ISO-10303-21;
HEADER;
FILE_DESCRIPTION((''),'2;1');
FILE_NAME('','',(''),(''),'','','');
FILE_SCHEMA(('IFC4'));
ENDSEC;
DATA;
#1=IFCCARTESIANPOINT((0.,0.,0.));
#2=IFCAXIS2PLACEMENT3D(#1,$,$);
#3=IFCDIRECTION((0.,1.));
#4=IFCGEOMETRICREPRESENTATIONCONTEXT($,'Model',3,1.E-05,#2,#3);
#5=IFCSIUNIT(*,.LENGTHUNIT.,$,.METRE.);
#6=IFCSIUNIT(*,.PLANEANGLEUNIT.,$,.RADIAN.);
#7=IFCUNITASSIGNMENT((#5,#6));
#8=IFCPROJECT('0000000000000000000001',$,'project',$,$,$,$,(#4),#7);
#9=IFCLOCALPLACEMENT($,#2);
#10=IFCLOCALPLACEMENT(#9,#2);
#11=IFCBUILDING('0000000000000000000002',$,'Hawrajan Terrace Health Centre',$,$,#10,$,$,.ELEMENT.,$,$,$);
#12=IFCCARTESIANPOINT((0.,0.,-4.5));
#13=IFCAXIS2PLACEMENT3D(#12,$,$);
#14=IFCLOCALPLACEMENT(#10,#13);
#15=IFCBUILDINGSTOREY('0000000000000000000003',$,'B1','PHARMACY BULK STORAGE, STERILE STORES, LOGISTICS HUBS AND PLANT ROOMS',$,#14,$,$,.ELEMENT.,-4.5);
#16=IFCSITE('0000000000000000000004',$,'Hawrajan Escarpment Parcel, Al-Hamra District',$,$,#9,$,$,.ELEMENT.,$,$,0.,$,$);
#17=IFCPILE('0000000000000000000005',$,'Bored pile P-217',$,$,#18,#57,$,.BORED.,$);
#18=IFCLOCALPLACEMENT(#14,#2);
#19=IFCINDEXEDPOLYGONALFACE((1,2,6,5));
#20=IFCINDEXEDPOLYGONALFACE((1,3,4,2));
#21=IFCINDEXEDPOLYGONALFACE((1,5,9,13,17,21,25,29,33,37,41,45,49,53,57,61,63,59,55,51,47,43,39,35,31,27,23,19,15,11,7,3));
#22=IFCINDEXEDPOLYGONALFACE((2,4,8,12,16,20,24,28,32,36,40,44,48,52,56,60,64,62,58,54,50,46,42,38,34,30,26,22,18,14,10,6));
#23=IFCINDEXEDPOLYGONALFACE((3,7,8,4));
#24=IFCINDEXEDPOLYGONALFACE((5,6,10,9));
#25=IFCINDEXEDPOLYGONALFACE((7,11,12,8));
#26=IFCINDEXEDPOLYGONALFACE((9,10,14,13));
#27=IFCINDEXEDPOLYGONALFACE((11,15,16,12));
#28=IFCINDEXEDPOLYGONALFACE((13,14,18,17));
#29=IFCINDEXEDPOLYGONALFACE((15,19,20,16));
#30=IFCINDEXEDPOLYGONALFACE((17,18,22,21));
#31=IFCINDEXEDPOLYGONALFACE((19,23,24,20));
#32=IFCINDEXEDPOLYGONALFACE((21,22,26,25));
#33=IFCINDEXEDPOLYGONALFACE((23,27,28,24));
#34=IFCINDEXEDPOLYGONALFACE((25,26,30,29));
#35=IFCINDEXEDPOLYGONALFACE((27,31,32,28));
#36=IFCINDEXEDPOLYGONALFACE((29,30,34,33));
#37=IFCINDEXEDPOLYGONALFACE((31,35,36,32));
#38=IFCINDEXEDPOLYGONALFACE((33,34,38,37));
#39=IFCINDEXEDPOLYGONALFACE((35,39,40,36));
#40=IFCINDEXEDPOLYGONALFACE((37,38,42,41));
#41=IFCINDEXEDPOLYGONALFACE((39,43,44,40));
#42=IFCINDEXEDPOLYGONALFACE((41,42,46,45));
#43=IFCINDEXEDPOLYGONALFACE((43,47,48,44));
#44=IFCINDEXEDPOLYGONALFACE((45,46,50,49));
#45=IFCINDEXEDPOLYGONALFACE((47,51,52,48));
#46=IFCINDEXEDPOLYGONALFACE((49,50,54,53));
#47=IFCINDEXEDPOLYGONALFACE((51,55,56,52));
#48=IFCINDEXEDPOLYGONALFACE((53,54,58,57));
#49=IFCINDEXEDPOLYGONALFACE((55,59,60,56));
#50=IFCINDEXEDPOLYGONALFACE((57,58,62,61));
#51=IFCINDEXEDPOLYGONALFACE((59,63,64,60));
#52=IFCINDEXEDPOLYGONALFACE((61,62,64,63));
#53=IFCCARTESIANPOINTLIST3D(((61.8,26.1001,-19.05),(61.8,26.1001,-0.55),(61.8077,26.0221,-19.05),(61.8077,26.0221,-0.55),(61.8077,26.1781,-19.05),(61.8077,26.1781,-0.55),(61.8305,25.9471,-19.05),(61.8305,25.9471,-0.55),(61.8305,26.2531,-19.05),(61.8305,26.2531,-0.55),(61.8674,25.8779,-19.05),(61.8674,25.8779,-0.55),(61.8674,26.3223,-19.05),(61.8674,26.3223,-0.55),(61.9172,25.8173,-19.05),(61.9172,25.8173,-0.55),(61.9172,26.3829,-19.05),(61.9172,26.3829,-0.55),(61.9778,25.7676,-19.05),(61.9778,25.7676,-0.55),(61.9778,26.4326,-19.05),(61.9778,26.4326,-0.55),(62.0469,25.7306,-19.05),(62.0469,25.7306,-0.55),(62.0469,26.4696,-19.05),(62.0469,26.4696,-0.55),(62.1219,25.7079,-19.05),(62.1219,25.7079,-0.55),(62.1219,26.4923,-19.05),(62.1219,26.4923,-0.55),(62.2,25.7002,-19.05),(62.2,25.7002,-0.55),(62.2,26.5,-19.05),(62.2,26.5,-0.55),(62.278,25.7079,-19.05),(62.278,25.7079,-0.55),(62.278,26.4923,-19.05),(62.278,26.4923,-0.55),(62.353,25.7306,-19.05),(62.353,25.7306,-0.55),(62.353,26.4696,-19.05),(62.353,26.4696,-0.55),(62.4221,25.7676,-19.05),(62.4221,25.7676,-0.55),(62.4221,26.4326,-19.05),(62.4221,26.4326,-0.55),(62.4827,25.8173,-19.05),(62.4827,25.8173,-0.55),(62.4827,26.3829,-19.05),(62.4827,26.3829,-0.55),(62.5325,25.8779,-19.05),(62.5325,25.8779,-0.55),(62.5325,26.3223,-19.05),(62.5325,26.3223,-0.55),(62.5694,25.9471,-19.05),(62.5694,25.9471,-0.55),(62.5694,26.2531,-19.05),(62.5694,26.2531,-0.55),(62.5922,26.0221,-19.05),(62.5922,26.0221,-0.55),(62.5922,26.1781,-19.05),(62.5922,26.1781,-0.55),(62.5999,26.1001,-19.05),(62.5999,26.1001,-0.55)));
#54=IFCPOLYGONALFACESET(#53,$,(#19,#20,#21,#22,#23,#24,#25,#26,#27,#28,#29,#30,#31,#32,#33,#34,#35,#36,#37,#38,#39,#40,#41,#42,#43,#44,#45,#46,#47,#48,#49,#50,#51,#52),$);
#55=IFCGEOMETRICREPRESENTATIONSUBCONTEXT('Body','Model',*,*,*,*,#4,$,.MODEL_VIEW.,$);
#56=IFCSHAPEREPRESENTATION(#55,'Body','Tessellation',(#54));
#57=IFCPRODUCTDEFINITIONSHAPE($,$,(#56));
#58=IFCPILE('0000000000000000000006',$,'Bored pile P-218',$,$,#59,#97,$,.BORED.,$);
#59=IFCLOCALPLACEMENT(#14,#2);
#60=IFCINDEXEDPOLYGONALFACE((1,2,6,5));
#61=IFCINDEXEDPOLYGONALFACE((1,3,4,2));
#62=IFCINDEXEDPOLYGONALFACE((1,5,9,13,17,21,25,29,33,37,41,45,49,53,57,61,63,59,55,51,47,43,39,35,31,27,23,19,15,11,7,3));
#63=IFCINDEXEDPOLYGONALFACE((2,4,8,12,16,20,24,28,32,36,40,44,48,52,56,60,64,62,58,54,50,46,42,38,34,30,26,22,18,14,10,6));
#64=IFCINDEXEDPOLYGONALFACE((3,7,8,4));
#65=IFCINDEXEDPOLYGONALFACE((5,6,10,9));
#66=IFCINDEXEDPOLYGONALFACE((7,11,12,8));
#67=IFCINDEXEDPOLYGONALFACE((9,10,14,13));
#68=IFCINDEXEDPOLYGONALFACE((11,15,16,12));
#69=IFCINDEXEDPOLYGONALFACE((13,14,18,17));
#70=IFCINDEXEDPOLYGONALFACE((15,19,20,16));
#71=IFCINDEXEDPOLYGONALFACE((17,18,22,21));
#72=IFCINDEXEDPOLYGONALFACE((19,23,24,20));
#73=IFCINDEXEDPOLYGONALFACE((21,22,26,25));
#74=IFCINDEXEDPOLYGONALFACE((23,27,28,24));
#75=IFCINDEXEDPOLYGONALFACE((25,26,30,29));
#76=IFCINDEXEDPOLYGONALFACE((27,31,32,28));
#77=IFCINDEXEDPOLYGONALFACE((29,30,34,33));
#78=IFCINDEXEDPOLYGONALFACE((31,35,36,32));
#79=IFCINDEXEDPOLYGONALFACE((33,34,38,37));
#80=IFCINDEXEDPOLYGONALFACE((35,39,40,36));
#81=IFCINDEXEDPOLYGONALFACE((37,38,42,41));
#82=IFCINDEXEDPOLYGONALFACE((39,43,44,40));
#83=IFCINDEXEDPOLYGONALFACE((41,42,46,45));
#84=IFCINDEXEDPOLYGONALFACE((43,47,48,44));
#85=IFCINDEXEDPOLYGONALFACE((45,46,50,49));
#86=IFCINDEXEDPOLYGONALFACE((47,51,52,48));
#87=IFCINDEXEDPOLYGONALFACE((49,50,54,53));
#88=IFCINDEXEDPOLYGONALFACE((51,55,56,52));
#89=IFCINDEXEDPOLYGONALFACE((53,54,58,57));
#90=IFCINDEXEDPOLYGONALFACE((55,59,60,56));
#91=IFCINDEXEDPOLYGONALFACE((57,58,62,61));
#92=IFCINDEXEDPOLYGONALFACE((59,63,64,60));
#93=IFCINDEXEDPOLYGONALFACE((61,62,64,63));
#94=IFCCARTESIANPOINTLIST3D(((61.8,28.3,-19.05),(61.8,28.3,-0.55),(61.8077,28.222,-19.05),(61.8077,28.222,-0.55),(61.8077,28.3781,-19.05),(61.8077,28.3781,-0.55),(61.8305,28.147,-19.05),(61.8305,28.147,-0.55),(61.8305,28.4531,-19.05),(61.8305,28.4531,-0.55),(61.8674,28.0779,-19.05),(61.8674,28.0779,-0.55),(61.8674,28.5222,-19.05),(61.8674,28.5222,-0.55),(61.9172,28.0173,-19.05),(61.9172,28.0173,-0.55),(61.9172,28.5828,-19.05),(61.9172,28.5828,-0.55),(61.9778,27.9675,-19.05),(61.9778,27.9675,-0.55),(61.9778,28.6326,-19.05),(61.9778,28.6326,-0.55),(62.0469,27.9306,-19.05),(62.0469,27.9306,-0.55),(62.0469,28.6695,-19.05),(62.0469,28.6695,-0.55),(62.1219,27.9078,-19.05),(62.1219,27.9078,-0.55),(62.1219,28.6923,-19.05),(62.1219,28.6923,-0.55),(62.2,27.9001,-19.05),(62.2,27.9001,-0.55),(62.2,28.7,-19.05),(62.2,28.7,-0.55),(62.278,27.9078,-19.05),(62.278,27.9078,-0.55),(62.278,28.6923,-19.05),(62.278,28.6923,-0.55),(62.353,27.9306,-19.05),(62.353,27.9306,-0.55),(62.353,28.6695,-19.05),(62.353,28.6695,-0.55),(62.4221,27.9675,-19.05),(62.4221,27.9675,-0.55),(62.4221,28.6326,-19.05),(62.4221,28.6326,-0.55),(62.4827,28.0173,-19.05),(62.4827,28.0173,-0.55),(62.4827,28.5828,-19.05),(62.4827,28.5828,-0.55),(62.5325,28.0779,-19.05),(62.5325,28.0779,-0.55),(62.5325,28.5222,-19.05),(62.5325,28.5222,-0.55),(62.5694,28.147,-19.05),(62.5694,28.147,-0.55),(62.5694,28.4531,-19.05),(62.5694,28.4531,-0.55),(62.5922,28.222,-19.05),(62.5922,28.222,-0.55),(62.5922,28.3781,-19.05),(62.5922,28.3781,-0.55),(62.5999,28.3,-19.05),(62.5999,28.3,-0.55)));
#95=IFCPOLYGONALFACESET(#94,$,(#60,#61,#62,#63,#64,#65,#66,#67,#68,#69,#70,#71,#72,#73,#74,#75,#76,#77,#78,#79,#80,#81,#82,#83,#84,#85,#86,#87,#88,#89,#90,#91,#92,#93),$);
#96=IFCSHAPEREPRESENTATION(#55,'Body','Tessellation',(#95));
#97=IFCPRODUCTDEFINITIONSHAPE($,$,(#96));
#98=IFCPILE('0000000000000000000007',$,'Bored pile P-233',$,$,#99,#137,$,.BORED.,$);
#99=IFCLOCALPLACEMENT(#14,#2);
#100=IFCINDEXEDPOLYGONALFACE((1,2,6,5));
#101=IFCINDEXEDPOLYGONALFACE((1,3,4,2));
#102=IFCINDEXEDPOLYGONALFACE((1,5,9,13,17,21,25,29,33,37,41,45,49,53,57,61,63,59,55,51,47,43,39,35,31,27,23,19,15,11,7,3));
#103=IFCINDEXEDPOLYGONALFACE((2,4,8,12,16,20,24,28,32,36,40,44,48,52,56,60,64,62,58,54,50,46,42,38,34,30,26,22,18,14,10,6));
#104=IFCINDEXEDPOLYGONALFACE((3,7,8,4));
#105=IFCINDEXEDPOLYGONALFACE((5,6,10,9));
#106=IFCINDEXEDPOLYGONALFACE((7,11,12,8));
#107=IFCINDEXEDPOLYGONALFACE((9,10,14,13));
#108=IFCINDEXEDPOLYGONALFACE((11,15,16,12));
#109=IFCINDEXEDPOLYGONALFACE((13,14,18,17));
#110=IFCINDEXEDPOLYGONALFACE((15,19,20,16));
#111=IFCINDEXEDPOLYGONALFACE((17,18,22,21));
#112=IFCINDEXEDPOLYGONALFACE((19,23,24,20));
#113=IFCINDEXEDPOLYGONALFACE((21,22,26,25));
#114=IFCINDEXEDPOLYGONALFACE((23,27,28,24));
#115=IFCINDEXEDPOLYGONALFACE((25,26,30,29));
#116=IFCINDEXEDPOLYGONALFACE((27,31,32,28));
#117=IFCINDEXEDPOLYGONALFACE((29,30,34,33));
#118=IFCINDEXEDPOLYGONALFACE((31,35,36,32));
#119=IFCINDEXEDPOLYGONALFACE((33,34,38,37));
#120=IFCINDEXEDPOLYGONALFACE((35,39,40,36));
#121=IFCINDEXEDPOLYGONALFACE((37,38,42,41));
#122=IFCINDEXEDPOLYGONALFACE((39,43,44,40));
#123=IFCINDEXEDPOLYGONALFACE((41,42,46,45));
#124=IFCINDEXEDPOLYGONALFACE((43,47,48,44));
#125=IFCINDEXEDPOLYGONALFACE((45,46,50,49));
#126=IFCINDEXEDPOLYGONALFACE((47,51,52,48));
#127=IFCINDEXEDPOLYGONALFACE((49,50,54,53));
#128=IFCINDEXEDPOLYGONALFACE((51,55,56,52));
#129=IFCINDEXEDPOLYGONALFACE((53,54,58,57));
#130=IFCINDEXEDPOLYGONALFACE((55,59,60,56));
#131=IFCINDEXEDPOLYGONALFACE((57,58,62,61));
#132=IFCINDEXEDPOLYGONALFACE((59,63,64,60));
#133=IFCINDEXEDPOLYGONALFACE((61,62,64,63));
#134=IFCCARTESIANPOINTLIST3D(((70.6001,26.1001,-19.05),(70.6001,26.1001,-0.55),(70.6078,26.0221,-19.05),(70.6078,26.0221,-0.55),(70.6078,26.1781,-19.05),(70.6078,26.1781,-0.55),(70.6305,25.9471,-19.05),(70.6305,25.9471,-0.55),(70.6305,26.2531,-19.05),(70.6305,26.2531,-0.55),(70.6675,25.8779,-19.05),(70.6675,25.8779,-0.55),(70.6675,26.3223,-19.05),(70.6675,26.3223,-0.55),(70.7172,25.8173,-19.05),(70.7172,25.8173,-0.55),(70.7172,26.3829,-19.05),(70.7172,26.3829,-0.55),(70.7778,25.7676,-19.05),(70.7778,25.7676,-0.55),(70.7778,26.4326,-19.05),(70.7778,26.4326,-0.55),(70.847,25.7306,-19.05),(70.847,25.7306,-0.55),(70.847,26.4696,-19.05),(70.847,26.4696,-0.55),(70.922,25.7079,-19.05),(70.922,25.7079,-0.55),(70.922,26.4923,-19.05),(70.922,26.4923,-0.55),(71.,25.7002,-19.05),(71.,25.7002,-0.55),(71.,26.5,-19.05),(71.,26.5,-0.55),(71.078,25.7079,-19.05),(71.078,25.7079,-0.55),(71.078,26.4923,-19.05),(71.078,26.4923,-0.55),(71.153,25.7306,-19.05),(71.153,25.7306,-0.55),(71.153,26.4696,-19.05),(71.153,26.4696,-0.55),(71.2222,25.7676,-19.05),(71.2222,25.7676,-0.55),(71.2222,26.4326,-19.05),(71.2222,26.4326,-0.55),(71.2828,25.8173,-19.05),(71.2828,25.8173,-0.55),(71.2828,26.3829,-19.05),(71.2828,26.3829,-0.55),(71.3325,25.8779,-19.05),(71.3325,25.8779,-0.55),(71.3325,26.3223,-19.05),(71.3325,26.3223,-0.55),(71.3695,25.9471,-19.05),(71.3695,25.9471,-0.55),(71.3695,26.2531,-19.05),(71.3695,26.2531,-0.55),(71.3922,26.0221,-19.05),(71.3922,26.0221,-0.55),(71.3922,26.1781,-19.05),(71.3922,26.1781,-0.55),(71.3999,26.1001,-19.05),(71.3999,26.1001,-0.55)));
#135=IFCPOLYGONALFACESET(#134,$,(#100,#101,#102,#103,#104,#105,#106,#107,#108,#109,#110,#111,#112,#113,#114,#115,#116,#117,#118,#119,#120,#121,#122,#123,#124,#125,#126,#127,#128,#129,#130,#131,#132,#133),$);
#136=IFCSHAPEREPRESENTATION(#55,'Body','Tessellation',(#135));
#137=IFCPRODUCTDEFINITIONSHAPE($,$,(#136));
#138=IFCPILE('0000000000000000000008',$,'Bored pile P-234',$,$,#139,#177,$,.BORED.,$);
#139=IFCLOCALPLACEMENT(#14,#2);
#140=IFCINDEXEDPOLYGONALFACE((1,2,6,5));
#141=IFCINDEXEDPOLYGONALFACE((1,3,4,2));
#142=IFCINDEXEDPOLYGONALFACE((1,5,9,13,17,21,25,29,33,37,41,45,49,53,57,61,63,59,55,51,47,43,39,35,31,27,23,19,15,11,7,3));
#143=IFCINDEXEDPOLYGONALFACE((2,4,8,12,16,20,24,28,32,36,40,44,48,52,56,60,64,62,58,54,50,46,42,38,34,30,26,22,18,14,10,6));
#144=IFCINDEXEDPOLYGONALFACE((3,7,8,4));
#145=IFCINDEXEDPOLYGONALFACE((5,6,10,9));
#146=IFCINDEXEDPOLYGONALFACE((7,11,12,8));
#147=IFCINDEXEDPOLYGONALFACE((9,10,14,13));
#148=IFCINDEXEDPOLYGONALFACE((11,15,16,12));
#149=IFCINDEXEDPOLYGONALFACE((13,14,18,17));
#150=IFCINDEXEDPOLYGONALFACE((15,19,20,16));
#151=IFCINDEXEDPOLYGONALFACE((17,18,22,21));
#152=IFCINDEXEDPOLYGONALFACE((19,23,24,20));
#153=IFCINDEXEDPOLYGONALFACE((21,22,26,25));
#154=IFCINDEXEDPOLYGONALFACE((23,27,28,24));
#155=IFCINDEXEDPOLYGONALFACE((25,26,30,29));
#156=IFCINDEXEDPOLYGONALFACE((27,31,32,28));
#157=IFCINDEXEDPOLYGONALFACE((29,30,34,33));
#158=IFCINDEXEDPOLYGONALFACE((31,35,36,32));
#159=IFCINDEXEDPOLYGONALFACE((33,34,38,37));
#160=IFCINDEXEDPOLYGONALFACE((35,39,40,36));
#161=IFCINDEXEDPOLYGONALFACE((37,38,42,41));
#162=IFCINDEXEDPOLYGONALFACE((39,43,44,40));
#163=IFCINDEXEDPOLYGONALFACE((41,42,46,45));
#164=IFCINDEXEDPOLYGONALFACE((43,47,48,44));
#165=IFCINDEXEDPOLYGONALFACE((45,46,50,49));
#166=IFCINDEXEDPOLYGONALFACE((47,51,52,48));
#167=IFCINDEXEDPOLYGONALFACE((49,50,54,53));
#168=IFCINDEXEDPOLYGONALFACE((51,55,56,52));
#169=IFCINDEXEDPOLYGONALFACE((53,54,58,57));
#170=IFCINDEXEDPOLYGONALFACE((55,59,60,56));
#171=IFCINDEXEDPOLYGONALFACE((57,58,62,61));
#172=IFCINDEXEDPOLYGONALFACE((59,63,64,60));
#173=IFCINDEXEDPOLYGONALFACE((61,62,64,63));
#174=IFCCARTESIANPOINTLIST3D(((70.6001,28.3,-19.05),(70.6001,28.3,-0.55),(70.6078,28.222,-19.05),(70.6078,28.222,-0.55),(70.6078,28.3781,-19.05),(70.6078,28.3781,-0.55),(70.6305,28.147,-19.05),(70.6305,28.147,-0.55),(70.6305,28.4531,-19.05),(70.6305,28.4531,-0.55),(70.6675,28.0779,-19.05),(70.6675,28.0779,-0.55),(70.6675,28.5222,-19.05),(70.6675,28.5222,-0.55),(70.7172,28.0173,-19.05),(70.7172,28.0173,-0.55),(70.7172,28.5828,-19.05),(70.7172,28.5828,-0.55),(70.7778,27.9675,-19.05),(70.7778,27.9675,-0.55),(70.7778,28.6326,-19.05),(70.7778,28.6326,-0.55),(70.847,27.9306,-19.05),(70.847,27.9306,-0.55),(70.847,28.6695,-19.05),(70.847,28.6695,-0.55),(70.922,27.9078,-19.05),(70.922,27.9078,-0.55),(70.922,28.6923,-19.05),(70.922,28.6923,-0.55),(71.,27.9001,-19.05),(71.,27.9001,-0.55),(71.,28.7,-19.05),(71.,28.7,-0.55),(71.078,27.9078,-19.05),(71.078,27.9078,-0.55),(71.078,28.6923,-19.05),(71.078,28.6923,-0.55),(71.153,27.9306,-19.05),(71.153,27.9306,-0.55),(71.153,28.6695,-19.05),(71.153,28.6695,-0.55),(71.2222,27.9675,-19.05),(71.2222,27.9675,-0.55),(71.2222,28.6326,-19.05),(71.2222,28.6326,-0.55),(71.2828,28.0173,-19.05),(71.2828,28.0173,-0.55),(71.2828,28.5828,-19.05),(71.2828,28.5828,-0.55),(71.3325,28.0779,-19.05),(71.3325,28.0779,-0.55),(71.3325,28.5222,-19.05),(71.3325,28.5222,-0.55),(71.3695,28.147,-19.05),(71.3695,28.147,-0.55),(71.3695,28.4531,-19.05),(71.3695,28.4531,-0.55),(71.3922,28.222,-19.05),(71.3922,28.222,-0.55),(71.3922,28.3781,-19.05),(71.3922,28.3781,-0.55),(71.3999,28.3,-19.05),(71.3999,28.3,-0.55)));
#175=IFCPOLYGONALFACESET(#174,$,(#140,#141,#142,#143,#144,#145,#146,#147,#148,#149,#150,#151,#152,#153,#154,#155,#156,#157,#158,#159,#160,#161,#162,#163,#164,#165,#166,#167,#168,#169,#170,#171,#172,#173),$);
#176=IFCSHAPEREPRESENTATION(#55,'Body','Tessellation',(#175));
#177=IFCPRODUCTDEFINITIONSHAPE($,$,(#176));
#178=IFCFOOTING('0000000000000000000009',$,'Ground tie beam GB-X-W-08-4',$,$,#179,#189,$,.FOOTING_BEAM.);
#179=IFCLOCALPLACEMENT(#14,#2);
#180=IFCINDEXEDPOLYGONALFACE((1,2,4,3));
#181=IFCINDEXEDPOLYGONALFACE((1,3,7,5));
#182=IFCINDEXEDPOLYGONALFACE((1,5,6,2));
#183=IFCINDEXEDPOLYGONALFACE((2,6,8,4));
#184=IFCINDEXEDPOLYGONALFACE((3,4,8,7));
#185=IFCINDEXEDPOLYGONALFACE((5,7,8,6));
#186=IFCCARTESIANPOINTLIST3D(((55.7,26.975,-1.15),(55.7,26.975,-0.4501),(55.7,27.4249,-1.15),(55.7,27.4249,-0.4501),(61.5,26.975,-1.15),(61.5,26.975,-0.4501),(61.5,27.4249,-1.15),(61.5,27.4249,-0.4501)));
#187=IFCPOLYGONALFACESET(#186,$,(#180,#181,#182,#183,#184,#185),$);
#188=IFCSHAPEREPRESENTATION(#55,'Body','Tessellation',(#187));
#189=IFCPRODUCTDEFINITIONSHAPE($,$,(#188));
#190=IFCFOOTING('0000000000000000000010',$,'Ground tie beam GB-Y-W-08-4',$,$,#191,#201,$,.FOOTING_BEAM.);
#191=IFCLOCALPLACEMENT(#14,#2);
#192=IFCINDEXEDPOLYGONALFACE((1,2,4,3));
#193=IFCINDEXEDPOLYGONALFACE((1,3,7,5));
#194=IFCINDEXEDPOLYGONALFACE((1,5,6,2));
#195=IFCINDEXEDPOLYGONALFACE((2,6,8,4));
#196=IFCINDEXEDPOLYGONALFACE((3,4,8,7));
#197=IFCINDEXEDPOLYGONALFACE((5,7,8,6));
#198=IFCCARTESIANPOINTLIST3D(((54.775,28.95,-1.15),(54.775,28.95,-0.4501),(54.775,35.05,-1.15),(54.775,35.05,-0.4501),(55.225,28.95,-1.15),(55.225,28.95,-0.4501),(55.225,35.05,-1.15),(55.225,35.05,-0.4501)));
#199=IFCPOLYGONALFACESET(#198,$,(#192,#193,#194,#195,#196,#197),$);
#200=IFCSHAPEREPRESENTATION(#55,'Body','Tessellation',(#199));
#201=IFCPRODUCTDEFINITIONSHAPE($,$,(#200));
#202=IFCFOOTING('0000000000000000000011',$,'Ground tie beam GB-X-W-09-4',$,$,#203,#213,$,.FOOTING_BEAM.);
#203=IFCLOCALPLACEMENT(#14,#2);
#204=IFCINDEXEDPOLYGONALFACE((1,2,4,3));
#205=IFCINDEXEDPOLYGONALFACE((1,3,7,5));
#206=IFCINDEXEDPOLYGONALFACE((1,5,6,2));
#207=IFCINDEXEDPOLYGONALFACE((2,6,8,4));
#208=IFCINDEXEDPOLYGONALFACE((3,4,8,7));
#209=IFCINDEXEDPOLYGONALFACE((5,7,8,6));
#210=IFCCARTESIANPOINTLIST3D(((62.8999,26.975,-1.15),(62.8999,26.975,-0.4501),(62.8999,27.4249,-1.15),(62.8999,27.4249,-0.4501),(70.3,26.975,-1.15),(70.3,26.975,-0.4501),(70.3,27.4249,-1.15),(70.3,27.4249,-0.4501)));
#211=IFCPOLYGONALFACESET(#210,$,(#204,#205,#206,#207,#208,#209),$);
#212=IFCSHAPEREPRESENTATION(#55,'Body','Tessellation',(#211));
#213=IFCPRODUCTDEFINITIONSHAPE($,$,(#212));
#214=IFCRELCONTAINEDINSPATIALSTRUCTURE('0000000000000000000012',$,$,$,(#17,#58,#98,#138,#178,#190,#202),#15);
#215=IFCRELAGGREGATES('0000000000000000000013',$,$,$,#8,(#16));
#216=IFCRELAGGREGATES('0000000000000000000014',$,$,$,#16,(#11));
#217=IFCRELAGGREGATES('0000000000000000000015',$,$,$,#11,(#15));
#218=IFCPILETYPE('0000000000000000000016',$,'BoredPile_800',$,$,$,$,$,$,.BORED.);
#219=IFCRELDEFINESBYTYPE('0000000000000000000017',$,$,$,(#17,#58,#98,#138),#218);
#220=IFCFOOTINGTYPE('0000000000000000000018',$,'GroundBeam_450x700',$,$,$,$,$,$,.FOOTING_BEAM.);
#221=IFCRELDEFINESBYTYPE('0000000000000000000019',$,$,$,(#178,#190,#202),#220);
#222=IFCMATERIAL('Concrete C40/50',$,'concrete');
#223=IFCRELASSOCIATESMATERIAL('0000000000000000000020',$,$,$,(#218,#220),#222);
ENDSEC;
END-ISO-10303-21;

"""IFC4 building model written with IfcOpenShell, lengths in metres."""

from ifc_helpers import new_model, si_unit, direction, frame, origin, origin_2d, place, context, subcontext, project, spatial, rectangle, circle, extrude, material, material_profile, profile_set, type_object, element, save


model = new_model("IFC4")

# Units and contexts
model_context = context("Model", 3, precision=1e-05, world=origin(), true_north=direction((0.0, 1.0)))
body_context = subcontext(model_context, "Body", "Model", "MODEL_VIEW")
ifc_project = project(units=[si_unit("LENGTHUNIT", "METRE"), si_unit("PLANEANGLEUNIT", "RADIAN")], contexts=[model_context])

# Site, building, storey
site_placement = place(None, origin())
site = spatial("IfcSite", under=ifc_project, at=site_placement, Name="Hawrajan Escarpment Parcel, Al-Hamra District", CompositionType="ELEMENT", RefElevation=0.0)
building_placement = place(site_placement, origin())
building = spatial("IfcBuilding", under=site, at=building_placement, Name="Hawrajan Terrace Health Centre", CompositionType="ELEMENT")
storey_placement = place(building_placement, frame((0.0, 0.0, -4.5)))
storey = spatial("IfcBuildingStorey", under=building, at=storey_placement, Name="B1", Description="PHARMACY BULK STORAGE, STERILE STORES, LOGISTICS HUBS AND PLANT ROOMS", CompositionType="ELEMENT", Elevation=-4.5)

# Piles
ifc_material_1 = material(Name="Concrete C40/50", Category="concrete")
ifc_material_profile_1 = material_profile(ifc_material_1, circle(Radius=0.3999, at=origin_2d()), Name="BP 800")
ifc_profile_set_1 = profile_set([ifc_material_profile_1], Name="Concrete C40/50")
pile_type = type_object("IfcPileType", Name="BoredPile_800", PredefinedType="BORED", material=ifc_profile_set_1)
for number, where, z_axis, x_axis, name in (
    (1, (62.2, 26.1001, -0.55), (0.0, 0.0, -1.0), (1.0, 0.0, 0.0), "Bored pile P-217"),
    (2, (62.2, 28.3, -0.55), (0.0, 0.0, -1.0), (1.0, 0.0, 0.0), "Bored pile P-218"),
    (3, (71.0, 26.1001, -0.55), (0.0, 0.0, -1.0), (1.0, 0.0, 0.0), "Bored pile P-233"),
    (4, (71.0, 28.3, -0.55), (0.0, 0.0, -1.0), (1.0, 0.0, 0.0), "Bored pile P-234"),
):
    element("IfcPile", number, at=place(storey_placement, frame(where, z_axis=z_axis, x_axis=x_axis)), inside=storey, type_object=pile_type, Name=name, PredefinedType="BORED", context=body_context, shape_type="SweptSolid", body=[
        extrude(circle(Radius=0.3999, at=origin_2d()), origin(), (0.0, 0.0, 1.0), 18.5),
    ])

# Footings
ifc_material_profile_2 = material_profile(ifc_material_1, rectangle(XDim=0.45, YDim=0.7, at=origin_2d()), Name="RC BM 450x700")
ifc_profile_set_2 = profile_set([ifc_material_profile_2], Name="Concrete C40/50")
footing_type_1 = type_object("IfcFootingType", Name="GroundBeam_450x700", PredefinedType="FOOTING_BEAM", material=ifc_profile_set_2)
footing_1_placement = place(storey_placement, frame((55.7, 27.2, -0.8), z_axis=(1.0, 0.0, 0.0), x_axis=(0.0, 1.0, 0.0)))
element("IfcFooting", 5, at=footing_1_placement, inside=storey, type_object=footing_type_1, Name="Ground tie beam GB-X-W-08-4", PredefinedType="FOOTING_BEAM", context=body_context, shape_type="SweptSolid", body=[
    extrude(rectangle(XDim=0.45, YDim=0.7, at=origin_2d()), origin(), (0.0, 0.0, 1.0), 5.8),
])
footing_2_placement = place(storey_placement, frame((55.0, 28.95, -0.8), z_axis=(0.0, 1.0, 0.0), x_axis=(-1.0, 0.0, 0.0)))
element("IfcFooting", 6, at=footing_2_placement, inside=storey, type_object=footing_type_1, Name="Ground tie beam GB-Y-W-08-4", PredefinedType="FOOTING_BEAM", context=body_context, shape_type="SweptSolid", body=[
    extrude(rectangle(XDim=0.45, YDim=0.7, at=origin_2d()), origin(), (0.0, 0.0, 1.0), 6.1001),
])
footing_3_placement = place(storey_placement, frame((62.8999, 27.2, -0.8), z_axis=(1.0, 0.0, 0.0), x_axis=(0.0, 1.0, 0.0)))
element("IfcFooting", 7, at=footing_3_placement, inside=storey, type_object=footing_type_1, Name="Ground tie beam GB-X-W-09-4", PredefinedType="FOOTING_BEAM", context=body_context, shape_type="SweptSolid", body=[
    extrude(rectangle(XDim=0.45, YDim=0.7, at=origin_2d()), origin(), (0.0, 0.0, 1.0), 7.4001),
])

save(model, "model.ifc")
